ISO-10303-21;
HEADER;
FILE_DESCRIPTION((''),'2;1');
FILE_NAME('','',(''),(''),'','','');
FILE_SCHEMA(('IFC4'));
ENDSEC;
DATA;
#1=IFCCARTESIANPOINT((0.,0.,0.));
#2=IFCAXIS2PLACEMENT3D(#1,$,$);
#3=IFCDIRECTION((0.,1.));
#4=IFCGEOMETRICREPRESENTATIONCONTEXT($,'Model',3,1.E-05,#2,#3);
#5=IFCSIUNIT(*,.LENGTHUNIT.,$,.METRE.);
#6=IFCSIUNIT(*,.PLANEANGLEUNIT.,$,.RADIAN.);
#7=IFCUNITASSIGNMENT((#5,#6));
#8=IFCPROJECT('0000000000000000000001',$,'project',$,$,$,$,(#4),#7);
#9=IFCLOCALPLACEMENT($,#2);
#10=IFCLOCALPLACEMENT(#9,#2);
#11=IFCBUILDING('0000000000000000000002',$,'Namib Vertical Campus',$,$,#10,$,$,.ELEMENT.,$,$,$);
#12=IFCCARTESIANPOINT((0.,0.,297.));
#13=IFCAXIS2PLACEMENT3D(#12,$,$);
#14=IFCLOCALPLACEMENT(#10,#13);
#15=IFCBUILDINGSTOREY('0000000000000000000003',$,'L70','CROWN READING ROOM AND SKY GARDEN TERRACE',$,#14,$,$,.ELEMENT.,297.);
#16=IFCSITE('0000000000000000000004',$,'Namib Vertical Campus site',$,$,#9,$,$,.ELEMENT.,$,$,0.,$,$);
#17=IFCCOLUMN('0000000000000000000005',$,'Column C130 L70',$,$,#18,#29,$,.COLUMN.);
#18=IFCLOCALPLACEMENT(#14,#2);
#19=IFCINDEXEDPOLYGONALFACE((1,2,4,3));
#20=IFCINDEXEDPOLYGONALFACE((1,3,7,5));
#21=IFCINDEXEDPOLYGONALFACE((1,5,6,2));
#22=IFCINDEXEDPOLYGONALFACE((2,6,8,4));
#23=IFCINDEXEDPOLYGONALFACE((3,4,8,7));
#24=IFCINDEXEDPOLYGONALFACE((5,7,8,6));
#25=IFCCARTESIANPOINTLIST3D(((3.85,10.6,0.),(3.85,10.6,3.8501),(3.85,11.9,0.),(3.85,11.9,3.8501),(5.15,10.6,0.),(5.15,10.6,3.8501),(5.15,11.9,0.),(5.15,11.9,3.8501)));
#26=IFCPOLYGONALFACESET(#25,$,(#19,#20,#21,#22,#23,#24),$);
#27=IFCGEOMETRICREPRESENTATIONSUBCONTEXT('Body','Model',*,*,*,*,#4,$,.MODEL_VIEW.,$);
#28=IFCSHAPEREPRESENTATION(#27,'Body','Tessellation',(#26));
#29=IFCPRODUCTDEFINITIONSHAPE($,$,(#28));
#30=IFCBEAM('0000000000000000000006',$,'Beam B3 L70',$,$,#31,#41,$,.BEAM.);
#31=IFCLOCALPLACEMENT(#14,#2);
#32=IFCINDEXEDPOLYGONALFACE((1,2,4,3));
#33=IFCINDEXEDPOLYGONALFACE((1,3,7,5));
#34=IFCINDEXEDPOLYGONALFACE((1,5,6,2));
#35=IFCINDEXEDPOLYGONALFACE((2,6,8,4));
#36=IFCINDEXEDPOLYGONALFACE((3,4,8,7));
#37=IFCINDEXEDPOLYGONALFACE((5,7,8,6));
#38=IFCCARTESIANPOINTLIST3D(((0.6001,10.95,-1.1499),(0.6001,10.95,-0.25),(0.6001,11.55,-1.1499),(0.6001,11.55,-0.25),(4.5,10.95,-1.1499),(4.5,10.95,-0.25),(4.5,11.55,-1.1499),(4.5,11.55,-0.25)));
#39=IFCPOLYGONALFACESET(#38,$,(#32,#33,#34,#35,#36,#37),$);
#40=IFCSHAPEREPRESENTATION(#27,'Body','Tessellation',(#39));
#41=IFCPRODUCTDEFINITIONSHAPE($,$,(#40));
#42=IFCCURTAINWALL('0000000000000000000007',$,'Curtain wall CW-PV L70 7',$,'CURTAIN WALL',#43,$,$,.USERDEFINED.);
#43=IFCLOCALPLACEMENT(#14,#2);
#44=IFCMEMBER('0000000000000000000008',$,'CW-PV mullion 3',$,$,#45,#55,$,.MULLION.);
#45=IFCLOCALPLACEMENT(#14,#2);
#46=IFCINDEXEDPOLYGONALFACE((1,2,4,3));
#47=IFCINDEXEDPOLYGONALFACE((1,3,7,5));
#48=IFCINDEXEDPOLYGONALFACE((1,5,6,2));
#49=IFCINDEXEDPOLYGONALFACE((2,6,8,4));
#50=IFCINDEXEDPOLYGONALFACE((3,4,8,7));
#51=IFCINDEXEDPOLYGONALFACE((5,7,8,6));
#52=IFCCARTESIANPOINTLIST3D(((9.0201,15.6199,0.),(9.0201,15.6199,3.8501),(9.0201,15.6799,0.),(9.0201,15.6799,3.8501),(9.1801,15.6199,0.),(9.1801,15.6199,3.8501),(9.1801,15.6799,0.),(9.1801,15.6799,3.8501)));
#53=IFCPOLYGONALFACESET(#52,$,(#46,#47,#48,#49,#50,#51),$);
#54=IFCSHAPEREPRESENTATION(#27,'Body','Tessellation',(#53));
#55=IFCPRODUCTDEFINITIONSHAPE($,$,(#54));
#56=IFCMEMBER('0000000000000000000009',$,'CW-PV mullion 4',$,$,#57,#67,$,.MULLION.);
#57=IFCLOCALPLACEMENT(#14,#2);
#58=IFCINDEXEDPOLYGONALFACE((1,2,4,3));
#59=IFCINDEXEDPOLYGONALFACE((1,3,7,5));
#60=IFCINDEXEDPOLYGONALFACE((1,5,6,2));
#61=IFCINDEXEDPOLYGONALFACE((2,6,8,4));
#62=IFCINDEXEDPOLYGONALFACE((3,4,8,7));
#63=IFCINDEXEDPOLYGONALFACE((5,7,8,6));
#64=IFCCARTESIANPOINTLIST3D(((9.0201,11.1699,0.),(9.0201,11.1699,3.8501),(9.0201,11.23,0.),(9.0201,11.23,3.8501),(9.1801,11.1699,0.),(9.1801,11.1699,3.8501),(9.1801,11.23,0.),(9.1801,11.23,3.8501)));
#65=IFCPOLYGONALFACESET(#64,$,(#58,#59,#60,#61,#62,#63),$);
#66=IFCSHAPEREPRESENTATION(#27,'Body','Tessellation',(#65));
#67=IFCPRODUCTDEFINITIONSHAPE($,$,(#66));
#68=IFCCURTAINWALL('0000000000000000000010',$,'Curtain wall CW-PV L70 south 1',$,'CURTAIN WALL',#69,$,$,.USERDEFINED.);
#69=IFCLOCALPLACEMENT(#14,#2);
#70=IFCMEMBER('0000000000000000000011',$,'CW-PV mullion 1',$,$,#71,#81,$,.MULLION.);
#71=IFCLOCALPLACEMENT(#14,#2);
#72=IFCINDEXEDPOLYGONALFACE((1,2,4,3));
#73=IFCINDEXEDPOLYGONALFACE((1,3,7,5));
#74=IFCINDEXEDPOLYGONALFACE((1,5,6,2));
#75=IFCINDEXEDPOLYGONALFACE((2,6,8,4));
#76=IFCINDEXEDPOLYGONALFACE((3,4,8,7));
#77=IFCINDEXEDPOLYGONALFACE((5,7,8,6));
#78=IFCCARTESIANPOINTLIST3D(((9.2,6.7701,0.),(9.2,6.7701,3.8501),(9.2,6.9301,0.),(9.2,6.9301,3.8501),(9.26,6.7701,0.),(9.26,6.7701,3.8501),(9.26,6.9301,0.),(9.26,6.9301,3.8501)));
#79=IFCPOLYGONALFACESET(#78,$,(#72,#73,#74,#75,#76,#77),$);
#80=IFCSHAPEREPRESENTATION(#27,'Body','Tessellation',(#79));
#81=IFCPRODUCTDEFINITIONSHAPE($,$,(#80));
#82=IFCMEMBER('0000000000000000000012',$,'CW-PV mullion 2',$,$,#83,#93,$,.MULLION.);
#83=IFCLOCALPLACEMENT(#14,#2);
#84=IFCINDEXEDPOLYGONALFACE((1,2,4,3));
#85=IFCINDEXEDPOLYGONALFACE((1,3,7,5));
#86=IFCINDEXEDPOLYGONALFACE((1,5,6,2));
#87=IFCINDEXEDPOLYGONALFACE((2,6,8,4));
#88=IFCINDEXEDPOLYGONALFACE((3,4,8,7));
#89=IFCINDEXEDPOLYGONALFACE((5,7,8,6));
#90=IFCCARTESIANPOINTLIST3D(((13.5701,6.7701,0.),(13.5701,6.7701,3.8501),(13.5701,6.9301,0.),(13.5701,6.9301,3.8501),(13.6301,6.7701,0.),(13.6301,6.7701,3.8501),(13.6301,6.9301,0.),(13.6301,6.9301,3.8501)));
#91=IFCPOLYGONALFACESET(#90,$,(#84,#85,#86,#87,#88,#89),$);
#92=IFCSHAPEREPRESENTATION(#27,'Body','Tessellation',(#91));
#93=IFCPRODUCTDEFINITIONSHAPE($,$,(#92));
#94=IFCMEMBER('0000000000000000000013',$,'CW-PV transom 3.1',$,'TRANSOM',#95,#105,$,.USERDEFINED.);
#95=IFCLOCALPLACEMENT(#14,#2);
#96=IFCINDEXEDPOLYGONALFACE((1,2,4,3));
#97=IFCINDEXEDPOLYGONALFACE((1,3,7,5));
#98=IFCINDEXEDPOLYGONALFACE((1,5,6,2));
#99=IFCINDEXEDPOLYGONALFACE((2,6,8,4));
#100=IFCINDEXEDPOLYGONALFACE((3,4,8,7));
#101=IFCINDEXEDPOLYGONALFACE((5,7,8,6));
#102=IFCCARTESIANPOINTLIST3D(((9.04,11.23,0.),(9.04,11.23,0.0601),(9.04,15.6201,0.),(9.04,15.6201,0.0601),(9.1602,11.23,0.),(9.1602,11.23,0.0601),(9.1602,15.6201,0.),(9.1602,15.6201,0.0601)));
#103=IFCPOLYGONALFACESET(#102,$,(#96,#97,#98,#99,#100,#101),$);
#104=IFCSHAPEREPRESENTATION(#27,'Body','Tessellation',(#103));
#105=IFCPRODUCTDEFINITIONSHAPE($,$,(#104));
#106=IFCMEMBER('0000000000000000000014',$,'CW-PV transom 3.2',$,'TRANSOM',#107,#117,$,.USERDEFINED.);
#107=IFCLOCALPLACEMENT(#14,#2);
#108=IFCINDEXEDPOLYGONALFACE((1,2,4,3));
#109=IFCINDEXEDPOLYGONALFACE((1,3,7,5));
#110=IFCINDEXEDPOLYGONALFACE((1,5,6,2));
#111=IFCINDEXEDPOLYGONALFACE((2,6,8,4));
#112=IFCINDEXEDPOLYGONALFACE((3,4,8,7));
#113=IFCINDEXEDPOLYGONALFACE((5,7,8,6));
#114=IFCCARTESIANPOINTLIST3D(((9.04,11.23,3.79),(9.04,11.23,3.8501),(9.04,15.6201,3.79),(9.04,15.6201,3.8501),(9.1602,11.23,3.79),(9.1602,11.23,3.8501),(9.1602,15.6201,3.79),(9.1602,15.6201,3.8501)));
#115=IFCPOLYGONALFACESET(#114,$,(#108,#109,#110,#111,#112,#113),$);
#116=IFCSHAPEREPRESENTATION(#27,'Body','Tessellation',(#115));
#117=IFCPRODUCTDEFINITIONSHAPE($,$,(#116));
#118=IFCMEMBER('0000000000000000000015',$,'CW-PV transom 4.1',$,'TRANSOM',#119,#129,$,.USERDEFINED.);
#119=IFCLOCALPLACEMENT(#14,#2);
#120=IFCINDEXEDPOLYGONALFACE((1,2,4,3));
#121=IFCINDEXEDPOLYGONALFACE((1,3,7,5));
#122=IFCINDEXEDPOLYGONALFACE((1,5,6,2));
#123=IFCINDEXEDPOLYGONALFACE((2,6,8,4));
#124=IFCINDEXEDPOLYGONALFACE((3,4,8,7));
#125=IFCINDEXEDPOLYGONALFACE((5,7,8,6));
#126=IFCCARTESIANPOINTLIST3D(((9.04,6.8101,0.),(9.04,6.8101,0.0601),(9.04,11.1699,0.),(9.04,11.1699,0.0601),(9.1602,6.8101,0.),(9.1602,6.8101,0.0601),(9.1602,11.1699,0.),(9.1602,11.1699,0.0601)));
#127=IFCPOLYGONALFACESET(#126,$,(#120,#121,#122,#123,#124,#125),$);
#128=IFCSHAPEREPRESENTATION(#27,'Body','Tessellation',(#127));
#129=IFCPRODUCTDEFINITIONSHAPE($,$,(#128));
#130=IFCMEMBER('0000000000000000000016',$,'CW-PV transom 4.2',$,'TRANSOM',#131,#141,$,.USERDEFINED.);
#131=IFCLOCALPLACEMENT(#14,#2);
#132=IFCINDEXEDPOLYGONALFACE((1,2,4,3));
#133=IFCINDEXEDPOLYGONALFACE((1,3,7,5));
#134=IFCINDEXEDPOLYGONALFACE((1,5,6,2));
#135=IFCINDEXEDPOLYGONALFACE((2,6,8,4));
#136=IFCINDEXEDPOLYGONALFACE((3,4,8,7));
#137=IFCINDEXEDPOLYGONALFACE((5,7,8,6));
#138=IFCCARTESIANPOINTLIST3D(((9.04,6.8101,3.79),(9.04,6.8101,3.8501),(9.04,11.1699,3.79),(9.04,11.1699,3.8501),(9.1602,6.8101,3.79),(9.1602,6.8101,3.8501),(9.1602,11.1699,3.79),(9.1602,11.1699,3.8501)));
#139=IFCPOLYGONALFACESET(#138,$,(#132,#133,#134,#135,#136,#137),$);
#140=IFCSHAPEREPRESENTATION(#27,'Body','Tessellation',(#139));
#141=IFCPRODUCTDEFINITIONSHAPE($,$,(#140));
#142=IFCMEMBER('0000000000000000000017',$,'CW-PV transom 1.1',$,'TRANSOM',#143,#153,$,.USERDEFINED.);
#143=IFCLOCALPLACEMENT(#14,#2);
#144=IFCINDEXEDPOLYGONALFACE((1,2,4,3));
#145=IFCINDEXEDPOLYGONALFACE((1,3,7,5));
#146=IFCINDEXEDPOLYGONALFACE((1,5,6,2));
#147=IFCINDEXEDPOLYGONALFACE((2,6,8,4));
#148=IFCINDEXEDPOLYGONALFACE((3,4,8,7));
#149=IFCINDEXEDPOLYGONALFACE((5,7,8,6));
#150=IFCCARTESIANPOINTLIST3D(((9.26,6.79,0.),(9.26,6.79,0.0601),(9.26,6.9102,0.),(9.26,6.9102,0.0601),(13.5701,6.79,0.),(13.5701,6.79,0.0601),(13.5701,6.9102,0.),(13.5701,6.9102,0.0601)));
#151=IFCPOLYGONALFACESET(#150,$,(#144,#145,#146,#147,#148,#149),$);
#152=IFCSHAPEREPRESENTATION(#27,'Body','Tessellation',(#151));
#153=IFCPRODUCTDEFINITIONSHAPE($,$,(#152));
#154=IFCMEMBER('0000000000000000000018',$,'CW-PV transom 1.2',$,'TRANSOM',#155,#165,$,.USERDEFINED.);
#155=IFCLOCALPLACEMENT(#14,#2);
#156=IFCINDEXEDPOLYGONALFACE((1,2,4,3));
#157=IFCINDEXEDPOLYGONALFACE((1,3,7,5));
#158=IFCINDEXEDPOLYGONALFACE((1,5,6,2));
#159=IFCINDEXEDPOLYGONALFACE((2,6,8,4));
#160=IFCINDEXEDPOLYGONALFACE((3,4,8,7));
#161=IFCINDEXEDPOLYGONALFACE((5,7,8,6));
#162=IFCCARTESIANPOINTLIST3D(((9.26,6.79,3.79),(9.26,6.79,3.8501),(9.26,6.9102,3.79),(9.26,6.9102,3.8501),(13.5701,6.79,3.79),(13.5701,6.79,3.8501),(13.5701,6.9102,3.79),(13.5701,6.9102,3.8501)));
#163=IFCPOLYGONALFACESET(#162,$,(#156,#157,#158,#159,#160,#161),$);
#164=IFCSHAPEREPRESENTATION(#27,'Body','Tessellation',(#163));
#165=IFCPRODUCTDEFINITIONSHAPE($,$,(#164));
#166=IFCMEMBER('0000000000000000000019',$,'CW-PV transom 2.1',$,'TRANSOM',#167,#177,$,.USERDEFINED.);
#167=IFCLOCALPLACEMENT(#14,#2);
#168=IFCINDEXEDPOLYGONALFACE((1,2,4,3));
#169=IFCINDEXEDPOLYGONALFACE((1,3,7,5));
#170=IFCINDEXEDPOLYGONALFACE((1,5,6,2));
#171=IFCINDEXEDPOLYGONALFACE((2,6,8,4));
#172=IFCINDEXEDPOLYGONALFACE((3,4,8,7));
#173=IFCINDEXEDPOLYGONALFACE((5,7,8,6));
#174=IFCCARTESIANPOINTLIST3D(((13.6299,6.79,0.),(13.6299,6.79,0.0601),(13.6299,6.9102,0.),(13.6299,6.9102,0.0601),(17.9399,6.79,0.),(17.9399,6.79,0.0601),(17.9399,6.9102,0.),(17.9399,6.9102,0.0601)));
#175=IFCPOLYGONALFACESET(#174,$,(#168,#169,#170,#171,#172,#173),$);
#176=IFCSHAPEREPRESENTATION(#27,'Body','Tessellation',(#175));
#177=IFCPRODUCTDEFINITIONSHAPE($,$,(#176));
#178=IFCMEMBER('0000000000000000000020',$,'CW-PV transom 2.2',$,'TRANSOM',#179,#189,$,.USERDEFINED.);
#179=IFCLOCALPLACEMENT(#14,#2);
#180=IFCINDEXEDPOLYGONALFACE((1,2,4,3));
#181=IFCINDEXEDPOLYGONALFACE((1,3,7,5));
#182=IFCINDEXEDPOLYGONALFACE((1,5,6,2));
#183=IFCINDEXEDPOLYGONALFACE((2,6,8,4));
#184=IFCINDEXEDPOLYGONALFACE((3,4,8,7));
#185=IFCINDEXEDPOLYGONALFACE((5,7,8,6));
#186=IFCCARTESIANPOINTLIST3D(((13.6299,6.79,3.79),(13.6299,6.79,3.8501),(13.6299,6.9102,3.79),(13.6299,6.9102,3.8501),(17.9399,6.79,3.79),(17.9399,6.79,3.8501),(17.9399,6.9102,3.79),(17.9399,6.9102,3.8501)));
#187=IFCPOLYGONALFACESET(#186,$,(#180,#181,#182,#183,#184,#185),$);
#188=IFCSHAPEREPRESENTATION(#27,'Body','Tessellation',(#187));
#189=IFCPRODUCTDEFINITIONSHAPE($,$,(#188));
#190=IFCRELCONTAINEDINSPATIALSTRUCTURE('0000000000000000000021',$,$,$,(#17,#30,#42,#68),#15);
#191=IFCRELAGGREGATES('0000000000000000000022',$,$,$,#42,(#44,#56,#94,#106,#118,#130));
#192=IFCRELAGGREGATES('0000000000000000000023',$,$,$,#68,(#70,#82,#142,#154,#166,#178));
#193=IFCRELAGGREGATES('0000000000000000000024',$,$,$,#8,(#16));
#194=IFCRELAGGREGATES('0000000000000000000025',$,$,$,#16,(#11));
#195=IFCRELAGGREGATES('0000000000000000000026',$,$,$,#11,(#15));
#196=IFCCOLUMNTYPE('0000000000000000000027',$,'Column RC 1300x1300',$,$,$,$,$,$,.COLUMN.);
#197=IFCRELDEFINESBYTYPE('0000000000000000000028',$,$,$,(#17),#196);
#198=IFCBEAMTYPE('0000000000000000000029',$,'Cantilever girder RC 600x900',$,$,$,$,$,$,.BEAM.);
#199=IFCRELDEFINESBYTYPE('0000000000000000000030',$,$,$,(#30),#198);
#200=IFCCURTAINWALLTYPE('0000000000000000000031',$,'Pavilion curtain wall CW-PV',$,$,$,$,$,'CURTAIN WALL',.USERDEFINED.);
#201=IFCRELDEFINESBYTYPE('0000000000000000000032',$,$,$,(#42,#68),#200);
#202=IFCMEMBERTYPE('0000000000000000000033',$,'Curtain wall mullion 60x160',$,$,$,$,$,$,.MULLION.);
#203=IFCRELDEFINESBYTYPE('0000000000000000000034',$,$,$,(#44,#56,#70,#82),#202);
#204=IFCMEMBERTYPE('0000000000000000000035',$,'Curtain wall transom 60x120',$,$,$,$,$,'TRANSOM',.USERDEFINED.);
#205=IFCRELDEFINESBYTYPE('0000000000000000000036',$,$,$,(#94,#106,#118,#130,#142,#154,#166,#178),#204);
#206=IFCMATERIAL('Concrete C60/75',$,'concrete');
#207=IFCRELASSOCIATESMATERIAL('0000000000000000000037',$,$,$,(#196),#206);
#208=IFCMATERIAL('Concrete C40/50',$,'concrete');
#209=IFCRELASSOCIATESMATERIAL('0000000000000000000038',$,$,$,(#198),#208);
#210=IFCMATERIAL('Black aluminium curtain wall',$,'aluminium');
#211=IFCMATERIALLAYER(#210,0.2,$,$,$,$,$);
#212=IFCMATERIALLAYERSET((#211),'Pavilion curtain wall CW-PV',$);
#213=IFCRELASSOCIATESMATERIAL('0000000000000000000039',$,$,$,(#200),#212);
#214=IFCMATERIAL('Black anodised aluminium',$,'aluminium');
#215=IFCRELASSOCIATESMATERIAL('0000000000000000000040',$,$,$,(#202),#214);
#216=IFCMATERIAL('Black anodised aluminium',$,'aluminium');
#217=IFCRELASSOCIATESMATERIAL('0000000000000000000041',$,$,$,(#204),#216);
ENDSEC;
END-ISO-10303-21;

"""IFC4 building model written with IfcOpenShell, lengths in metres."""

from ifc_helpers import new_model, si_unit, direction, frame, origin, origin_2d, place, context, subcontext, project, spatial, rectangle, extrude, material, layer, layer_set, material_profile, profile_set, type_object, element, aggregate, save


model = new_model("IFC4")

# Units and contexts
model_context = context("Model", 3, precision=1e-05, world=origin(), true_north=direction((0.0, 1.0)))
body_context = subcontext(model_context, "Body", "Model", "MODEL_VIEW")
ifc_project = project(units=[si_unit("LENGTHUNIT", "METRE"), si_unit("PLANEANGLEUNIT", "RADIAN")], contexts=[model_context])

# Site, building, storey
site_placement = place(None, origin())
site = spatial("IfcSite", under=ifc_project, at=site_placement, Name="Namib Vertical Campus site", CompositionType="ELEMENT", RefElevation=0.0)
building_placement = place(site_placement, origin())
building = spatial("IfcBuilding", under=site, at=building_placement, Name="Namib Vertical Campus", CompositionType="ELEMENT")
storey_placement = place(building_placement, frame((0.0, 0.0, 297.0)))
storey = spatial("IfcBuildingStorey", under=building, at=storey_placement, Name="L70", Description="CROWN READING ROOM AND SKY GARDEN TERRACE", CompositionType="ELEMENT", Elevation=297.0)

# Column
ifc_material_1 = material(Name="Concrete C60/75", Category="concrete")
ifc_material_profile_1 = material_profile(ifc_material_1, rectangle(XDim=1.3, YDim=1.3, at=origin_2d()))
ifc_profile_set_1 = profile_set([ifc_material_profile_1], Name="Concrete C60/75")
column_type = type_object("IfcColumnType", Name="Column RC 1300x1300", PredefinedType="COLUMN", material=ifc_profile_set_1)
column_placement = place(storey_placement, frame((4.5, 11.25, 0.0), z_axis=(0.0, 0.0, 1.0), x_axis=(1.0, 0.0, 0.0)))
element("IfcColumn", 1, at=column_placement, inside=storey, type_object=column_type, Name="Column C130 L70", PredefinedType="COLUMN", context=body_context, shape_type="SweptSolid", body=[
    extrude(rectangle(XDim=1.3, YDim=1.3, at=origin_2d()), origin(), (0.0, 0.0, 1.0), 3.8501),
])

# Beam
ifc_material_2 = material(Name="Concrete C40/50", Category="concrete")
ifc_material_profile_2 = material_profile(ifc_material_2, rectangle(XDim=0.6001, YDim=0.8999, at=origin_2d()))
ifc_profile_set_2 = profile_set([ifc_material_profile_2], Name="Concrete C40/50")
beam_type_1 = type_object("IfcBeamType", Name="Cantilever girder RC 600x900", PredefinedType="BEAM", material=ifc_profile_set_2)
beam_1_placement = place(storey_placement, frame((4.5, 11.25, -0.7), z_axis=(-1.0, 0.0, 0.0), x_axis=(0.0, -1.0, 0.0)))
element("IfcBeam", 2, at=beam_1_placement, inside=storey, type_object=beam_type_1, Name="Beam B3 L70", PredefinedType="BEAM", context=body_context, shape_type="SweptSolid", body=[
    extrude(rectangle(XDim=0.6001, YDim=0.8999, at=origin_2d()), origin(), (0.0, 0.0, 1.0), 3.8999),
])

# Curtain walls, members
ifc_material_3 = material(Name="Black aluminium curtain wall", Category="aluminium")
ifc_layer_1 = layer(ifc_material_3, 0.2)
ifc_layer_set_1 = layer_set([ifc_layer_1], Name="Pavilion curtain wall CW-PV")
curtain_wall_type = type_object("IfcCurtainWallType", Name="Pavilion curtain wall CW-PV", ElementType="CURTAIN WALL", PredefinedType="USERDEFINED", material=ifc_layer_set_1)
curtain_wall_1_placement = place(storey_placement, origin())
curtain_wall_1 = element("IfcCurtainWall", 3, at=curtain_wall_1_placement, inside=storey, type_object=curtain_wall_type, Name="Curtain wall CW-PV L70 7", ObjectType="CURTAIN WALL", PredefinedType="USERDEFINED")
ifc_material_4 = material(Name="Black anodised aluminium", Category="aluminium")
ifc_material_profile_3 = material_profile(ifc_material_4, rectangle(XDim=0.0601, YDim=0.1599, at=origin_2d()))
ifc_profile_set_3 = profile_set([ifc_material_profile_3], Name="Black anodised aluminium")
member_type_1 = type_object("IfcMemberType", Name="Curtain wall mullion 60x160", PredefinedType="MULLION", material=ifc_profile_set_3)
member_1_placement = place(storey_placement, frame((9.1001, 15.6499, 0.0), z_axis=(0.0, 0.0, 1.0), x_axis=(0.0, -1.0, 0.0)))
member_1 = element("IfcMember", 4, at=member_1_placement, type_object=member_type_1, Name="CW-PV mullion 3", PredefinedType="MULLION", context=body_context, shape_type="SweptSolid", body=[
    extrude(rectangle(XDim=0.0601, YDim=0.1599, at=origin_2d()), origin(), (0.0, 0.0, 1.0), 3.8501),
])
member_2_placement = place(storey_placement, frame((9.1001, 11.2, 0.0), z_axis=(0.0, 0.0, 1.0), x_axis=(0.0, -1.0, 0.0)))
member_2 = element("IfcMember", 5, at=member_2_placement, type_object=member_type_1, Name="CW-PV mullion 4", PredefinedType="MULLION", context=body_context, shape_type="SweptSolid", body=[
    extrude(rectangle(XDim=0.0601, YDim=0.1599, at=origin_2d()), origin(), (0.0, 0.0, 1.0), 3.8501),
])
curtain_wall_2_placement = place(storey_placement, origin())
curtain_wall_2 = element("IfcCurtainWall", 6, at=curtain_wall_2_placement, inside=storey, type_object=curtain_wall_type, Name="Curtain wall CW-PV L70 south 1", ObjectType="CURTAIN WALL", PredefinedType="USERDEFINED")
member_3_placement = place(storey_placement, frame((9.23, 6.8501, 0.0), z_axis=(0.0, 0.0, 1.0), x_axis=(1.0, 0.0, 0.0)))
member_3 = element("IfcMember", 7, at=member_3_placement, type_object=member_type_1, Name="CW-PV mullion 1", PredefinedType="MULLION", context=body_context, shape_type="SweptSolid", body=[
    extrude(rectangle(XDim=0.0601, YDim=0.1599, at=origin_2d()), origin(), (0.0, 0.0, 1.0), 3.8501),
])
member_4_placement = place(storey_placement, frame((13.6001, 6.8501, 0.0), z_axis=(0.0, 0.0, 1.0), x_axis=(1.0, 0.0, 0.0)))
member_4 = element("IfcMember", 8, at=member_4_placement, type_object=member_type_1, Name="CW-PV mullion 2", PredefinedType="MULLION", context=body_context, shape_type="SweptSolid", body=[
    extrude(rectangle(XDim=0.0601, YDim=0.1599, at=origin_2d()), origin(), (0.0, 0.0, 1.0), 3.8501),
])

# Members
ifc_material_5 = material(Name="Black anodised aluminium", Category="aluminium")
ifc_material_profile_4 = material_profile(ifc_material_5, rectangle(XDim=0.0601, YDim=0.1201, at=origin_2d()))
ifc_profile_set_4 = profile_set([ifc_material_profile_4], Name="Black anodised aluminium")
member_type_2 = type_object("IfcMemberType", Name="Curtain wall transom 60x120", ElementType="TRANSOM", PredefinedType="USERDEFINED", material=ifc_profile_set_4)
member_5_placement = place(storey_placement, frame((9.1001, 15.6201, 0.03), z_axis=(0.0, -1.0, 0.0), x_axis=(0.0, 0.0, 1.0)))
member_5 = element("IfcMember", 9, at=member_5_placement, type_object=member_type_2, Name="CW-PV transom 3.1", ObjectType="TRANSOM", PredefinedType="USERDEFINED", context=body_context, shape_type="SweptSolid", body=[
    extrude(rectangle(XDim=0.0601, YDim=0.1201, at=origin_2d()), origin(), (0.0, 0.0, 1.0), 4.3901),
])
member_6_placement = place(storey_placement, frame((9.1001, 15.6201, 3.8201), z_axis=(0.0, -1.0, 0.0), x_axis=(0.0, 0.0, 1.0)))
member_6 = element("IfcMember", 10, at=member_6_placement, type_object=member_type_2, Name="CW-PV transom 3.2", ObjectType="TRANSOM", PredefinedType="USERDEFINED", context=body_context, shape_type="SweptSolid", body=[
    extrude(rectangle(XDim=0.0601, YDim=0.1201, at=origin_2d()), origin(), (0.0, 0.0, 1.0), 4.3901),
])
member_7_placement = place(storey_placement, frame((9.1001, 11.1699, 0.03), z_axis=(0.0, -1.0, 0.0), x_axis=(0.0, 0.0, 1.0)))
member_7 = element("IfcMember", 11, at=member_7_placement, type_object=member_type_2, Name="CW-PV transom 4.1", ObjectType="TRANSOM", PredefinedType="USERDEFINED", context=body_context, shape_type="SweptSolid", body=[
    extrude(rectangle(XDim=0.0601, YDim=0.1201, at=origin_2d()), origin(), (0.0, 0.0, 1.0), 4.3599),
])
member_8_placement = place(storey_placement, frame((9.1001, 11.1699, 3.8201), z_axis=(0.0, -1.0, 0.0), x_axis=(0.0, 0.0, 1.0)))
member_8 = element("IfcMember", 12, at=member_8_placement, type_object=member_type_2, Name="CW-PV transom 4.2", ObjectType="TRANSOM", PredefinedType="USERDEFINED", context=body_context, shape_type="SweptSolid", body=[
    extrude(rectangle(XDim=0.0601, YDim=0.1201, at=origin_2d()), origin(), (0.0, 0.0, 1.0), 4.3599),
])
member_9_placement = place(storey_placement, frame((9.26, 6.8501, 0.03), z_axis=(1.0, 0.0, 0.0), x_axis=(0.0, 0.0, 1.0)))
member_9 = element("IfcMember", 13, at=member_9_placement, type_object=member_type_2, Name="CW-PV transom 1.1", ObjectType="TRANSOM", PredefinedType="USERDEFINED", context=body_context, shape_type="SweptSolid", body=[
    extrude(rectangle(XDim=0.0601, YDim=0.1201, at=origin_2d()), origin(), (0.0, 0.0, 1.0), 4.3101),
])
member_10_placement = place(storey_placement, frame((9.26, 6.8501, 3.8201), z_axis=(1.0, 0.0, 0.0), x_axis=(0.0, 0.0, 1.0)))
member_10 = element("IfcMember", 14, at=member_10_placement, type_object=member_type_2, Name="CW-PV transom 1.2", ObjectType="TRANSOM", PredefinedType="USERDEFINED", context=body_context, shape_type="SweptSolid", body=[
    extrude(rectangle(XDim=0.0601, YDim=0.1201, at=origin_2d()), origin(), (0.0, 0.0, 1.0), 4.3101),
])
member_11_placement = place(storey_placement, frame((13.6299, 6.8501, 0.03), z_axis=(1.0, 0.0, 0.0), x_axis=(0.0, 0.0, 1.0)))
member_11 = element("IfcMember", 15, at=member_11_placement, type_object=member_type_2, Name="CW-PV transom 2.1", ObjectType="TRANSOM", PredefinedType="USERDEFINED", context=body_context, shape_type="SweptSolid", body=[
    extrude(rectangle(XDim=0.0601, YDim=0.1201, at=origin_2d()), origin(), (0.0, 0.0, 1.0), 4.3101),
])
member_12_placement = place(storey_placement, frame((13.6299, 6.8501, 3.8201), z_axis=(1.0, 0.0, 0.0), x_axis=(0.0, 0.0, 1.0)))
member_12 = element("IfcMember", 16, at=member_12_placement, type_object=member_type_2, Name="CW-PV transom 2.2", ObjectType="TRANSOM", PredefinedType="USERDEFINED", context=body_context, shape_type="SweptSolid", body=[
    extrude(rectangle(XDim=0.0601, YDim=0.1201, at=origin_2d()), origin(), (0.0, 0.0, 1.0), 4.3101),
])

aggregate(curtain_wall_1, [member_1, member_2, member_5, member_6, member_7, member_8])
aggregate(curtain_wall_2, [member_3, member_4, member_9, member_10, member_11, member_12])

save(model, "model.ifc")
